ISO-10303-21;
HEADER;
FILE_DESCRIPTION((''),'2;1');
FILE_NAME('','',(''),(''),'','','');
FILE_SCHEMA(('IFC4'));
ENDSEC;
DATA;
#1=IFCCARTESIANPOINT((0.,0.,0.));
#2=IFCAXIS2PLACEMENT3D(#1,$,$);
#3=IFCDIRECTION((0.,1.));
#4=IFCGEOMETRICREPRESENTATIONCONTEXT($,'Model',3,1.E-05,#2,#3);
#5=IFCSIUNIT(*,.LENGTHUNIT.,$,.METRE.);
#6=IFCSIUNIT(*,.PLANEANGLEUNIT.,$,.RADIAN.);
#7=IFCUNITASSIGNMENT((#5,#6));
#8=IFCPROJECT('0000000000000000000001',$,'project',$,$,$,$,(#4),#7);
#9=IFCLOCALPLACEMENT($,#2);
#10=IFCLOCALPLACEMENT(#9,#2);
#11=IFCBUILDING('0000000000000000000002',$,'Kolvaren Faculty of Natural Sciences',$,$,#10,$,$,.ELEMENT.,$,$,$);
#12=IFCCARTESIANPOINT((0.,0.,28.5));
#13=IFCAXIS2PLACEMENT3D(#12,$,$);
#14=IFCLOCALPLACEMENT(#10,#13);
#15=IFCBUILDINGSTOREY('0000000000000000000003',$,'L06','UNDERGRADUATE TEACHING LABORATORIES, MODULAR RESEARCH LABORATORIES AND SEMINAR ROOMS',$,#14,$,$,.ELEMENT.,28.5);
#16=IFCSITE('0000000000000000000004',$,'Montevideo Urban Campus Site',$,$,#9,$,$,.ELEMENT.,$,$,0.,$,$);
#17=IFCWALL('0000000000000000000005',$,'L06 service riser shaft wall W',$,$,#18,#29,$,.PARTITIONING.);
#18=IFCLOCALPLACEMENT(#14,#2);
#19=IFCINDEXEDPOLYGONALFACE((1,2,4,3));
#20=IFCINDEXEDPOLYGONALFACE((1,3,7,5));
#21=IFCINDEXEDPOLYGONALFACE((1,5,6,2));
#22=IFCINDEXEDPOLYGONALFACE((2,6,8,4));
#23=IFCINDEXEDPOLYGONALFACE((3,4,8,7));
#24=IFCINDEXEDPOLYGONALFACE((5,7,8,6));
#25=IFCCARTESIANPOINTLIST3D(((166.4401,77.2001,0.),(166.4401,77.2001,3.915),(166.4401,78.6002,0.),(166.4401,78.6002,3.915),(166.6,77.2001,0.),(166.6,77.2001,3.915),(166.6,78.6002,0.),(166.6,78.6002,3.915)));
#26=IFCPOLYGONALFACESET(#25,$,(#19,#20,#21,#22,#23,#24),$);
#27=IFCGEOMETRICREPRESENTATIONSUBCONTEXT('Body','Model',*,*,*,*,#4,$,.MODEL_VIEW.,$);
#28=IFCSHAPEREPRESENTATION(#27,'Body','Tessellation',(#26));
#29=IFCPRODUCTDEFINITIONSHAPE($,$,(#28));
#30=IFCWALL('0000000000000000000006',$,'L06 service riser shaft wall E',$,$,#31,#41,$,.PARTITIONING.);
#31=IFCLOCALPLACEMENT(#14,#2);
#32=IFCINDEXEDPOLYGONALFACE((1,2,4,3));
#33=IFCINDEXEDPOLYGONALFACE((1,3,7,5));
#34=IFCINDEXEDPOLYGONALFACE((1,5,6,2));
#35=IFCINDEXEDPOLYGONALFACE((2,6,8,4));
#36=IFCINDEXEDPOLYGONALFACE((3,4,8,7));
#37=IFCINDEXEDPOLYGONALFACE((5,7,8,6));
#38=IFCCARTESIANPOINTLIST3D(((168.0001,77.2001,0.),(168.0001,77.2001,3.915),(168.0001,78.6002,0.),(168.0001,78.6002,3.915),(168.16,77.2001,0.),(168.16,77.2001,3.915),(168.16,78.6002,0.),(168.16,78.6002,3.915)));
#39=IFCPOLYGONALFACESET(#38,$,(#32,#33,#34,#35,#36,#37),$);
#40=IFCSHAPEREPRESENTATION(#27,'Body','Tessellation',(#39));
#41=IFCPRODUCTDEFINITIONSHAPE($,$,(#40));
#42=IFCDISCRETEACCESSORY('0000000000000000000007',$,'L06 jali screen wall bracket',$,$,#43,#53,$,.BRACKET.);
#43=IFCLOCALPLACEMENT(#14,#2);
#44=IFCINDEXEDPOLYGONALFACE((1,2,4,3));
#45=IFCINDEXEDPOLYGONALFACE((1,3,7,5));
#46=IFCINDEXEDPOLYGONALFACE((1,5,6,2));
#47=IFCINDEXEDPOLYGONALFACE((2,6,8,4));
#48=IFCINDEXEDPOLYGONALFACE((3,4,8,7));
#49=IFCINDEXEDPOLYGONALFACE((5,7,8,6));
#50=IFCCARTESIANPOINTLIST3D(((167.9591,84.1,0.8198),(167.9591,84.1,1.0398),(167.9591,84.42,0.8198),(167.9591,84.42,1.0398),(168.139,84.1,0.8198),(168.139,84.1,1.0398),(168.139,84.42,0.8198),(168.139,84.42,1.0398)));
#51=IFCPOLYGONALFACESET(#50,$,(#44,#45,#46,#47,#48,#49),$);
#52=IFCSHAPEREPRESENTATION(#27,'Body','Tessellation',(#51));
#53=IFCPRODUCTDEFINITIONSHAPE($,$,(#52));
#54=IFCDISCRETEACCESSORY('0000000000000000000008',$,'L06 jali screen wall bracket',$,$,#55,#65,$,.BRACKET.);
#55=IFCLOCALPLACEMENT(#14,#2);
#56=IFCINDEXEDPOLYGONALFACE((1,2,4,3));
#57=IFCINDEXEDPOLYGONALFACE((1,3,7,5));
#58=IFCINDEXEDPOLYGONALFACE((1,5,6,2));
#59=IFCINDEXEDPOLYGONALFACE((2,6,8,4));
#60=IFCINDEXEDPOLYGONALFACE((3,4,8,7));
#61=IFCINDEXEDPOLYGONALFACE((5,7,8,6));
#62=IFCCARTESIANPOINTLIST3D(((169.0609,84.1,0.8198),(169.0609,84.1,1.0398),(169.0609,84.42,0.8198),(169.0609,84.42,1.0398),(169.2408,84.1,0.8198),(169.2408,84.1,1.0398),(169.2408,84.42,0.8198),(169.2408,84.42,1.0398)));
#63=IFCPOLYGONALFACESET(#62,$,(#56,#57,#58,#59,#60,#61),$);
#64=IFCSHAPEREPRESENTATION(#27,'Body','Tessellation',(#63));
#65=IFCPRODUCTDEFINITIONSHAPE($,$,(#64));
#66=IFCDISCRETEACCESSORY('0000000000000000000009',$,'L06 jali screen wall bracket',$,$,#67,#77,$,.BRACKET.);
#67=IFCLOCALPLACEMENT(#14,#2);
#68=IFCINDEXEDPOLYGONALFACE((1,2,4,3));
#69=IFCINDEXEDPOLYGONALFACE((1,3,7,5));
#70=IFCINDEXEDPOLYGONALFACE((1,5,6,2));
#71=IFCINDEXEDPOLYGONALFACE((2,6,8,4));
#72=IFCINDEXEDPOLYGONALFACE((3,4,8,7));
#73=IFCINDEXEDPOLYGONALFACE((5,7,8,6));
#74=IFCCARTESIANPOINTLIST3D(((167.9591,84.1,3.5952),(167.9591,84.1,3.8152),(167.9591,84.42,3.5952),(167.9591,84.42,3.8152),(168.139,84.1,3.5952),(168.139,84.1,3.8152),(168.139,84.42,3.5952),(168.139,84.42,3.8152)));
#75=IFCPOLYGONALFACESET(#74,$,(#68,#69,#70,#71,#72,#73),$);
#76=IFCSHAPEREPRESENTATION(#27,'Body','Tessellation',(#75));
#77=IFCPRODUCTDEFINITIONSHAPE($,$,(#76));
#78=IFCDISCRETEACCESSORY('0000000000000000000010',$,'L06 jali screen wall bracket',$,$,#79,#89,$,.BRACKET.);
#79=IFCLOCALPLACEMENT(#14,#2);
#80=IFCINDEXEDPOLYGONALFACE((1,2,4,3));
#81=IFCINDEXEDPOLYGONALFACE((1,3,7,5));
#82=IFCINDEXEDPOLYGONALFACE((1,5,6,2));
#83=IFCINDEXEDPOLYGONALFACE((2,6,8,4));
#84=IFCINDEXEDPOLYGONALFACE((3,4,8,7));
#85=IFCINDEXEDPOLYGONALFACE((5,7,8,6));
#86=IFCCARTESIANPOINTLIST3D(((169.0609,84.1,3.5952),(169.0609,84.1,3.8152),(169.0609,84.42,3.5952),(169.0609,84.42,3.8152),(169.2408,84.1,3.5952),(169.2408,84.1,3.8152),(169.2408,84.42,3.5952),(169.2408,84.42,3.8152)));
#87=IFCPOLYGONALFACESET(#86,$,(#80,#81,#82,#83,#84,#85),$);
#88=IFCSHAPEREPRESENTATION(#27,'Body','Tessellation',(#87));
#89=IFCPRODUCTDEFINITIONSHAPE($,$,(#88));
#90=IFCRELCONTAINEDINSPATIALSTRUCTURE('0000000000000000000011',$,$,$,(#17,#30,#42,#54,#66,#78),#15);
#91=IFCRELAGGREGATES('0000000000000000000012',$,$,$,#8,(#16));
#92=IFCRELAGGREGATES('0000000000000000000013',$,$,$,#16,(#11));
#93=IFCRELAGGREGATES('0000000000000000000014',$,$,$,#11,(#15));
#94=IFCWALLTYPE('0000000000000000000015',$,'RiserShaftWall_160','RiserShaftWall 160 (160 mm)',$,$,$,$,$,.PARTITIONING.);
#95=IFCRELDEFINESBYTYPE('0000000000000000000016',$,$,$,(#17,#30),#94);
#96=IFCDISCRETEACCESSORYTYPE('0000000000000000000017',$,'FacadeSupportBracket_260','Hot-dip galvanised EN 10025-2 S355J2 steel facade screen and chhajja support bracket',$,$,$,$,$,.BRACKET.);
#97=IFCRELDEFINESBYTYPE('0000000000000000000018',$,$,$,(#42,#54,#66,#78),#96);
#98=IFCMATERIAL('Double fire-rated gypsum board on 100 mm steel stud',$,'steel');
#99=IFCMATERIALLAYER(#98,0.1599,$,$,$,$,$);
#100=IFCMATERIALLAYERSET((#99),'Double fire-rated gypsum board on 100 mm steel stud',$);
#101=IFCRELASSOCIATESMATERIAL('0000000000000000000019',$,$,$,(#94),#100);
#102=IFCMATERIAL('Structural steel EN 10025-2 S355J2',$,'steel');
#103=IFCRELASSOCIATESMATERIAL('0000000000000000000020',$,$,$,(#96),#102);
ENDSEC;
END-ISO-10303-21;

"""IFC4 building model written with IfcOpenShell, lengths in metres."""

from ifc_helpers import new_model, si_unit, direction, frame, frame_2d, origin, origin_2d, place, context, subcontext, project, spatial, rectangle, extrude, material, layer, layer_set, type_object, element, save


model = new_model("IFC4")

# Units and contexts
model_context = context("Model", 3, precision=1e-05, world=origin(), true_north=direction((0.0, 1.0)))
body_context = subcontext(model_context, "Body", "Model", "MODEL_VIEW")
ifc_project = project(units=[si_unit("LENGTHUNIT", "METRE"), si_unit("PLANEANGLEUNIT", "RADIAN")], contexts=[model_context])

# Site, building, storey
site_placement = place(None, origin())
site = spatial("IfcSite", under=ifc_project, at=site_placement, Name="Montevideo Urban Campus Site", CompositionType="ELEMENT", RefElevation=0.0)
building_placement = place(site_placement, origin())
building = spatial("IfcBuilding", under=site, at=building_placement, Name="Kolvaren Faculty of Natural Sciences", CompositionType="ELEMENT")
storey_placement = place(building_placement, frame((0.0, 0.0, 28.5)))
storey = spatial("IfcBuildingStorey", under=building, at=storey_placement, Name="L06", Description="UNDERGRADUATE TEACHING LABORATORIES, MODULAR RESEARCH LABORATORIES AND SEMINAR ROOMS", CompositionType="ELEMENT", Elevation=28.5)

# Walls
ifc_material_1 = material(Name="Double fire-rated gypsum board on 100 mm steel stud", Category="steel")
ifc_layer_1 = layer(ifc_material_1, 0.1599)
ifc_layer_set_1 = layer_set([ifc_layer_1], Name="Double fire-rated gypsum board on 100 mm steel stud")
wall_type_1 = type_object("IfcWallType", Name="RiserShaftWall_160", Description="RiserShaftWall 160 (160 mm)", PredefinedType="PARTITIONING", material=ifc_layer_set_1)
for number, where, z_axis, x_axis, name in (
    (1, (166.52, 77.2, 0.0), (0.0, 0.0, 1.0), (0.0, 1.0, 0.0), "L06 service riser shaft wall W"),
    (2, (168.0801, 77.2, 0.0), (0.0, 0.0, 1.0), (0.0, 1.0, 0.0), "L06 service riser shaft wall E"),
):
    element("IfcWall", number, at=place(storey_placement, frame(where, z_axis=z_axis, x_axis=x_axis)), inside=storey, type_object=wall_type_1, Name=name, PredefinedType="PARTITIONING", context=body_context, shape_type="SweptSolid", body=[
        extrude(rectangle(XDim=1.4001, YDim=0.1599, at=frame_2d((0.7002, 0.0))), origin(), (0.0, 0.0, 1.0), 3.915),
    ])

# Discrete accessories
ifc_material_2 = material(Name="Structural steel EN 10025-2 S355J2", Category="steel")
discrete_accessory_type = type_object("IfcDiscreteAccessoryType", Name="FacadeSupportBracket_260", Description="Hot-dip galvanised EN 10025-2 S355J2 steel facade screen and chhajja support bracket", PredefinedType="BRACKET", material=ifc_material_2)
for number, where, z_axis, x_axis, name in (
    (3, (168.0491, 84.26, 0.8198), (0.0, 0.0, 1.0), (1.0, 0.0, 0.0), "L06 jali screen wall bracket"),
    (4, (169.1509, 84.26, 0.8198), (0.0, 0.0, 1.0), (1.0, 0.0, 0.0), "L06 jali screen wall bracket"),
    (5, (168.0491, 84.26, 3.5952), (0.0, 0.0, 1.0), (1.0, 0.0, 0.0), "L06 jali screen wall bracket"),
    (6, (169.1509, 84.26, 3.5952), (0.0, 0.0, 1.0), (1.0, 0.0, 0.0), "L06 jali screen wall bracket"),
):
    element("IfcDiscreteAccessory", number, at=place(storey_placement, frame(where, z_axis=z_axis, x_axis=x_axis)), inside=storey, type_object=discrete_accessory_type, Name=name, PredefinedType="BRACKET", context=body_context, shape_type="SweptSolid", body=[
        extrude(rectangle(XDim=0.1799, YDim=0.3201, at=origin_2d()), origin(), (0.0, 0.0, 1.0), 0.22),
    ])

save(model, "model.ifc")
